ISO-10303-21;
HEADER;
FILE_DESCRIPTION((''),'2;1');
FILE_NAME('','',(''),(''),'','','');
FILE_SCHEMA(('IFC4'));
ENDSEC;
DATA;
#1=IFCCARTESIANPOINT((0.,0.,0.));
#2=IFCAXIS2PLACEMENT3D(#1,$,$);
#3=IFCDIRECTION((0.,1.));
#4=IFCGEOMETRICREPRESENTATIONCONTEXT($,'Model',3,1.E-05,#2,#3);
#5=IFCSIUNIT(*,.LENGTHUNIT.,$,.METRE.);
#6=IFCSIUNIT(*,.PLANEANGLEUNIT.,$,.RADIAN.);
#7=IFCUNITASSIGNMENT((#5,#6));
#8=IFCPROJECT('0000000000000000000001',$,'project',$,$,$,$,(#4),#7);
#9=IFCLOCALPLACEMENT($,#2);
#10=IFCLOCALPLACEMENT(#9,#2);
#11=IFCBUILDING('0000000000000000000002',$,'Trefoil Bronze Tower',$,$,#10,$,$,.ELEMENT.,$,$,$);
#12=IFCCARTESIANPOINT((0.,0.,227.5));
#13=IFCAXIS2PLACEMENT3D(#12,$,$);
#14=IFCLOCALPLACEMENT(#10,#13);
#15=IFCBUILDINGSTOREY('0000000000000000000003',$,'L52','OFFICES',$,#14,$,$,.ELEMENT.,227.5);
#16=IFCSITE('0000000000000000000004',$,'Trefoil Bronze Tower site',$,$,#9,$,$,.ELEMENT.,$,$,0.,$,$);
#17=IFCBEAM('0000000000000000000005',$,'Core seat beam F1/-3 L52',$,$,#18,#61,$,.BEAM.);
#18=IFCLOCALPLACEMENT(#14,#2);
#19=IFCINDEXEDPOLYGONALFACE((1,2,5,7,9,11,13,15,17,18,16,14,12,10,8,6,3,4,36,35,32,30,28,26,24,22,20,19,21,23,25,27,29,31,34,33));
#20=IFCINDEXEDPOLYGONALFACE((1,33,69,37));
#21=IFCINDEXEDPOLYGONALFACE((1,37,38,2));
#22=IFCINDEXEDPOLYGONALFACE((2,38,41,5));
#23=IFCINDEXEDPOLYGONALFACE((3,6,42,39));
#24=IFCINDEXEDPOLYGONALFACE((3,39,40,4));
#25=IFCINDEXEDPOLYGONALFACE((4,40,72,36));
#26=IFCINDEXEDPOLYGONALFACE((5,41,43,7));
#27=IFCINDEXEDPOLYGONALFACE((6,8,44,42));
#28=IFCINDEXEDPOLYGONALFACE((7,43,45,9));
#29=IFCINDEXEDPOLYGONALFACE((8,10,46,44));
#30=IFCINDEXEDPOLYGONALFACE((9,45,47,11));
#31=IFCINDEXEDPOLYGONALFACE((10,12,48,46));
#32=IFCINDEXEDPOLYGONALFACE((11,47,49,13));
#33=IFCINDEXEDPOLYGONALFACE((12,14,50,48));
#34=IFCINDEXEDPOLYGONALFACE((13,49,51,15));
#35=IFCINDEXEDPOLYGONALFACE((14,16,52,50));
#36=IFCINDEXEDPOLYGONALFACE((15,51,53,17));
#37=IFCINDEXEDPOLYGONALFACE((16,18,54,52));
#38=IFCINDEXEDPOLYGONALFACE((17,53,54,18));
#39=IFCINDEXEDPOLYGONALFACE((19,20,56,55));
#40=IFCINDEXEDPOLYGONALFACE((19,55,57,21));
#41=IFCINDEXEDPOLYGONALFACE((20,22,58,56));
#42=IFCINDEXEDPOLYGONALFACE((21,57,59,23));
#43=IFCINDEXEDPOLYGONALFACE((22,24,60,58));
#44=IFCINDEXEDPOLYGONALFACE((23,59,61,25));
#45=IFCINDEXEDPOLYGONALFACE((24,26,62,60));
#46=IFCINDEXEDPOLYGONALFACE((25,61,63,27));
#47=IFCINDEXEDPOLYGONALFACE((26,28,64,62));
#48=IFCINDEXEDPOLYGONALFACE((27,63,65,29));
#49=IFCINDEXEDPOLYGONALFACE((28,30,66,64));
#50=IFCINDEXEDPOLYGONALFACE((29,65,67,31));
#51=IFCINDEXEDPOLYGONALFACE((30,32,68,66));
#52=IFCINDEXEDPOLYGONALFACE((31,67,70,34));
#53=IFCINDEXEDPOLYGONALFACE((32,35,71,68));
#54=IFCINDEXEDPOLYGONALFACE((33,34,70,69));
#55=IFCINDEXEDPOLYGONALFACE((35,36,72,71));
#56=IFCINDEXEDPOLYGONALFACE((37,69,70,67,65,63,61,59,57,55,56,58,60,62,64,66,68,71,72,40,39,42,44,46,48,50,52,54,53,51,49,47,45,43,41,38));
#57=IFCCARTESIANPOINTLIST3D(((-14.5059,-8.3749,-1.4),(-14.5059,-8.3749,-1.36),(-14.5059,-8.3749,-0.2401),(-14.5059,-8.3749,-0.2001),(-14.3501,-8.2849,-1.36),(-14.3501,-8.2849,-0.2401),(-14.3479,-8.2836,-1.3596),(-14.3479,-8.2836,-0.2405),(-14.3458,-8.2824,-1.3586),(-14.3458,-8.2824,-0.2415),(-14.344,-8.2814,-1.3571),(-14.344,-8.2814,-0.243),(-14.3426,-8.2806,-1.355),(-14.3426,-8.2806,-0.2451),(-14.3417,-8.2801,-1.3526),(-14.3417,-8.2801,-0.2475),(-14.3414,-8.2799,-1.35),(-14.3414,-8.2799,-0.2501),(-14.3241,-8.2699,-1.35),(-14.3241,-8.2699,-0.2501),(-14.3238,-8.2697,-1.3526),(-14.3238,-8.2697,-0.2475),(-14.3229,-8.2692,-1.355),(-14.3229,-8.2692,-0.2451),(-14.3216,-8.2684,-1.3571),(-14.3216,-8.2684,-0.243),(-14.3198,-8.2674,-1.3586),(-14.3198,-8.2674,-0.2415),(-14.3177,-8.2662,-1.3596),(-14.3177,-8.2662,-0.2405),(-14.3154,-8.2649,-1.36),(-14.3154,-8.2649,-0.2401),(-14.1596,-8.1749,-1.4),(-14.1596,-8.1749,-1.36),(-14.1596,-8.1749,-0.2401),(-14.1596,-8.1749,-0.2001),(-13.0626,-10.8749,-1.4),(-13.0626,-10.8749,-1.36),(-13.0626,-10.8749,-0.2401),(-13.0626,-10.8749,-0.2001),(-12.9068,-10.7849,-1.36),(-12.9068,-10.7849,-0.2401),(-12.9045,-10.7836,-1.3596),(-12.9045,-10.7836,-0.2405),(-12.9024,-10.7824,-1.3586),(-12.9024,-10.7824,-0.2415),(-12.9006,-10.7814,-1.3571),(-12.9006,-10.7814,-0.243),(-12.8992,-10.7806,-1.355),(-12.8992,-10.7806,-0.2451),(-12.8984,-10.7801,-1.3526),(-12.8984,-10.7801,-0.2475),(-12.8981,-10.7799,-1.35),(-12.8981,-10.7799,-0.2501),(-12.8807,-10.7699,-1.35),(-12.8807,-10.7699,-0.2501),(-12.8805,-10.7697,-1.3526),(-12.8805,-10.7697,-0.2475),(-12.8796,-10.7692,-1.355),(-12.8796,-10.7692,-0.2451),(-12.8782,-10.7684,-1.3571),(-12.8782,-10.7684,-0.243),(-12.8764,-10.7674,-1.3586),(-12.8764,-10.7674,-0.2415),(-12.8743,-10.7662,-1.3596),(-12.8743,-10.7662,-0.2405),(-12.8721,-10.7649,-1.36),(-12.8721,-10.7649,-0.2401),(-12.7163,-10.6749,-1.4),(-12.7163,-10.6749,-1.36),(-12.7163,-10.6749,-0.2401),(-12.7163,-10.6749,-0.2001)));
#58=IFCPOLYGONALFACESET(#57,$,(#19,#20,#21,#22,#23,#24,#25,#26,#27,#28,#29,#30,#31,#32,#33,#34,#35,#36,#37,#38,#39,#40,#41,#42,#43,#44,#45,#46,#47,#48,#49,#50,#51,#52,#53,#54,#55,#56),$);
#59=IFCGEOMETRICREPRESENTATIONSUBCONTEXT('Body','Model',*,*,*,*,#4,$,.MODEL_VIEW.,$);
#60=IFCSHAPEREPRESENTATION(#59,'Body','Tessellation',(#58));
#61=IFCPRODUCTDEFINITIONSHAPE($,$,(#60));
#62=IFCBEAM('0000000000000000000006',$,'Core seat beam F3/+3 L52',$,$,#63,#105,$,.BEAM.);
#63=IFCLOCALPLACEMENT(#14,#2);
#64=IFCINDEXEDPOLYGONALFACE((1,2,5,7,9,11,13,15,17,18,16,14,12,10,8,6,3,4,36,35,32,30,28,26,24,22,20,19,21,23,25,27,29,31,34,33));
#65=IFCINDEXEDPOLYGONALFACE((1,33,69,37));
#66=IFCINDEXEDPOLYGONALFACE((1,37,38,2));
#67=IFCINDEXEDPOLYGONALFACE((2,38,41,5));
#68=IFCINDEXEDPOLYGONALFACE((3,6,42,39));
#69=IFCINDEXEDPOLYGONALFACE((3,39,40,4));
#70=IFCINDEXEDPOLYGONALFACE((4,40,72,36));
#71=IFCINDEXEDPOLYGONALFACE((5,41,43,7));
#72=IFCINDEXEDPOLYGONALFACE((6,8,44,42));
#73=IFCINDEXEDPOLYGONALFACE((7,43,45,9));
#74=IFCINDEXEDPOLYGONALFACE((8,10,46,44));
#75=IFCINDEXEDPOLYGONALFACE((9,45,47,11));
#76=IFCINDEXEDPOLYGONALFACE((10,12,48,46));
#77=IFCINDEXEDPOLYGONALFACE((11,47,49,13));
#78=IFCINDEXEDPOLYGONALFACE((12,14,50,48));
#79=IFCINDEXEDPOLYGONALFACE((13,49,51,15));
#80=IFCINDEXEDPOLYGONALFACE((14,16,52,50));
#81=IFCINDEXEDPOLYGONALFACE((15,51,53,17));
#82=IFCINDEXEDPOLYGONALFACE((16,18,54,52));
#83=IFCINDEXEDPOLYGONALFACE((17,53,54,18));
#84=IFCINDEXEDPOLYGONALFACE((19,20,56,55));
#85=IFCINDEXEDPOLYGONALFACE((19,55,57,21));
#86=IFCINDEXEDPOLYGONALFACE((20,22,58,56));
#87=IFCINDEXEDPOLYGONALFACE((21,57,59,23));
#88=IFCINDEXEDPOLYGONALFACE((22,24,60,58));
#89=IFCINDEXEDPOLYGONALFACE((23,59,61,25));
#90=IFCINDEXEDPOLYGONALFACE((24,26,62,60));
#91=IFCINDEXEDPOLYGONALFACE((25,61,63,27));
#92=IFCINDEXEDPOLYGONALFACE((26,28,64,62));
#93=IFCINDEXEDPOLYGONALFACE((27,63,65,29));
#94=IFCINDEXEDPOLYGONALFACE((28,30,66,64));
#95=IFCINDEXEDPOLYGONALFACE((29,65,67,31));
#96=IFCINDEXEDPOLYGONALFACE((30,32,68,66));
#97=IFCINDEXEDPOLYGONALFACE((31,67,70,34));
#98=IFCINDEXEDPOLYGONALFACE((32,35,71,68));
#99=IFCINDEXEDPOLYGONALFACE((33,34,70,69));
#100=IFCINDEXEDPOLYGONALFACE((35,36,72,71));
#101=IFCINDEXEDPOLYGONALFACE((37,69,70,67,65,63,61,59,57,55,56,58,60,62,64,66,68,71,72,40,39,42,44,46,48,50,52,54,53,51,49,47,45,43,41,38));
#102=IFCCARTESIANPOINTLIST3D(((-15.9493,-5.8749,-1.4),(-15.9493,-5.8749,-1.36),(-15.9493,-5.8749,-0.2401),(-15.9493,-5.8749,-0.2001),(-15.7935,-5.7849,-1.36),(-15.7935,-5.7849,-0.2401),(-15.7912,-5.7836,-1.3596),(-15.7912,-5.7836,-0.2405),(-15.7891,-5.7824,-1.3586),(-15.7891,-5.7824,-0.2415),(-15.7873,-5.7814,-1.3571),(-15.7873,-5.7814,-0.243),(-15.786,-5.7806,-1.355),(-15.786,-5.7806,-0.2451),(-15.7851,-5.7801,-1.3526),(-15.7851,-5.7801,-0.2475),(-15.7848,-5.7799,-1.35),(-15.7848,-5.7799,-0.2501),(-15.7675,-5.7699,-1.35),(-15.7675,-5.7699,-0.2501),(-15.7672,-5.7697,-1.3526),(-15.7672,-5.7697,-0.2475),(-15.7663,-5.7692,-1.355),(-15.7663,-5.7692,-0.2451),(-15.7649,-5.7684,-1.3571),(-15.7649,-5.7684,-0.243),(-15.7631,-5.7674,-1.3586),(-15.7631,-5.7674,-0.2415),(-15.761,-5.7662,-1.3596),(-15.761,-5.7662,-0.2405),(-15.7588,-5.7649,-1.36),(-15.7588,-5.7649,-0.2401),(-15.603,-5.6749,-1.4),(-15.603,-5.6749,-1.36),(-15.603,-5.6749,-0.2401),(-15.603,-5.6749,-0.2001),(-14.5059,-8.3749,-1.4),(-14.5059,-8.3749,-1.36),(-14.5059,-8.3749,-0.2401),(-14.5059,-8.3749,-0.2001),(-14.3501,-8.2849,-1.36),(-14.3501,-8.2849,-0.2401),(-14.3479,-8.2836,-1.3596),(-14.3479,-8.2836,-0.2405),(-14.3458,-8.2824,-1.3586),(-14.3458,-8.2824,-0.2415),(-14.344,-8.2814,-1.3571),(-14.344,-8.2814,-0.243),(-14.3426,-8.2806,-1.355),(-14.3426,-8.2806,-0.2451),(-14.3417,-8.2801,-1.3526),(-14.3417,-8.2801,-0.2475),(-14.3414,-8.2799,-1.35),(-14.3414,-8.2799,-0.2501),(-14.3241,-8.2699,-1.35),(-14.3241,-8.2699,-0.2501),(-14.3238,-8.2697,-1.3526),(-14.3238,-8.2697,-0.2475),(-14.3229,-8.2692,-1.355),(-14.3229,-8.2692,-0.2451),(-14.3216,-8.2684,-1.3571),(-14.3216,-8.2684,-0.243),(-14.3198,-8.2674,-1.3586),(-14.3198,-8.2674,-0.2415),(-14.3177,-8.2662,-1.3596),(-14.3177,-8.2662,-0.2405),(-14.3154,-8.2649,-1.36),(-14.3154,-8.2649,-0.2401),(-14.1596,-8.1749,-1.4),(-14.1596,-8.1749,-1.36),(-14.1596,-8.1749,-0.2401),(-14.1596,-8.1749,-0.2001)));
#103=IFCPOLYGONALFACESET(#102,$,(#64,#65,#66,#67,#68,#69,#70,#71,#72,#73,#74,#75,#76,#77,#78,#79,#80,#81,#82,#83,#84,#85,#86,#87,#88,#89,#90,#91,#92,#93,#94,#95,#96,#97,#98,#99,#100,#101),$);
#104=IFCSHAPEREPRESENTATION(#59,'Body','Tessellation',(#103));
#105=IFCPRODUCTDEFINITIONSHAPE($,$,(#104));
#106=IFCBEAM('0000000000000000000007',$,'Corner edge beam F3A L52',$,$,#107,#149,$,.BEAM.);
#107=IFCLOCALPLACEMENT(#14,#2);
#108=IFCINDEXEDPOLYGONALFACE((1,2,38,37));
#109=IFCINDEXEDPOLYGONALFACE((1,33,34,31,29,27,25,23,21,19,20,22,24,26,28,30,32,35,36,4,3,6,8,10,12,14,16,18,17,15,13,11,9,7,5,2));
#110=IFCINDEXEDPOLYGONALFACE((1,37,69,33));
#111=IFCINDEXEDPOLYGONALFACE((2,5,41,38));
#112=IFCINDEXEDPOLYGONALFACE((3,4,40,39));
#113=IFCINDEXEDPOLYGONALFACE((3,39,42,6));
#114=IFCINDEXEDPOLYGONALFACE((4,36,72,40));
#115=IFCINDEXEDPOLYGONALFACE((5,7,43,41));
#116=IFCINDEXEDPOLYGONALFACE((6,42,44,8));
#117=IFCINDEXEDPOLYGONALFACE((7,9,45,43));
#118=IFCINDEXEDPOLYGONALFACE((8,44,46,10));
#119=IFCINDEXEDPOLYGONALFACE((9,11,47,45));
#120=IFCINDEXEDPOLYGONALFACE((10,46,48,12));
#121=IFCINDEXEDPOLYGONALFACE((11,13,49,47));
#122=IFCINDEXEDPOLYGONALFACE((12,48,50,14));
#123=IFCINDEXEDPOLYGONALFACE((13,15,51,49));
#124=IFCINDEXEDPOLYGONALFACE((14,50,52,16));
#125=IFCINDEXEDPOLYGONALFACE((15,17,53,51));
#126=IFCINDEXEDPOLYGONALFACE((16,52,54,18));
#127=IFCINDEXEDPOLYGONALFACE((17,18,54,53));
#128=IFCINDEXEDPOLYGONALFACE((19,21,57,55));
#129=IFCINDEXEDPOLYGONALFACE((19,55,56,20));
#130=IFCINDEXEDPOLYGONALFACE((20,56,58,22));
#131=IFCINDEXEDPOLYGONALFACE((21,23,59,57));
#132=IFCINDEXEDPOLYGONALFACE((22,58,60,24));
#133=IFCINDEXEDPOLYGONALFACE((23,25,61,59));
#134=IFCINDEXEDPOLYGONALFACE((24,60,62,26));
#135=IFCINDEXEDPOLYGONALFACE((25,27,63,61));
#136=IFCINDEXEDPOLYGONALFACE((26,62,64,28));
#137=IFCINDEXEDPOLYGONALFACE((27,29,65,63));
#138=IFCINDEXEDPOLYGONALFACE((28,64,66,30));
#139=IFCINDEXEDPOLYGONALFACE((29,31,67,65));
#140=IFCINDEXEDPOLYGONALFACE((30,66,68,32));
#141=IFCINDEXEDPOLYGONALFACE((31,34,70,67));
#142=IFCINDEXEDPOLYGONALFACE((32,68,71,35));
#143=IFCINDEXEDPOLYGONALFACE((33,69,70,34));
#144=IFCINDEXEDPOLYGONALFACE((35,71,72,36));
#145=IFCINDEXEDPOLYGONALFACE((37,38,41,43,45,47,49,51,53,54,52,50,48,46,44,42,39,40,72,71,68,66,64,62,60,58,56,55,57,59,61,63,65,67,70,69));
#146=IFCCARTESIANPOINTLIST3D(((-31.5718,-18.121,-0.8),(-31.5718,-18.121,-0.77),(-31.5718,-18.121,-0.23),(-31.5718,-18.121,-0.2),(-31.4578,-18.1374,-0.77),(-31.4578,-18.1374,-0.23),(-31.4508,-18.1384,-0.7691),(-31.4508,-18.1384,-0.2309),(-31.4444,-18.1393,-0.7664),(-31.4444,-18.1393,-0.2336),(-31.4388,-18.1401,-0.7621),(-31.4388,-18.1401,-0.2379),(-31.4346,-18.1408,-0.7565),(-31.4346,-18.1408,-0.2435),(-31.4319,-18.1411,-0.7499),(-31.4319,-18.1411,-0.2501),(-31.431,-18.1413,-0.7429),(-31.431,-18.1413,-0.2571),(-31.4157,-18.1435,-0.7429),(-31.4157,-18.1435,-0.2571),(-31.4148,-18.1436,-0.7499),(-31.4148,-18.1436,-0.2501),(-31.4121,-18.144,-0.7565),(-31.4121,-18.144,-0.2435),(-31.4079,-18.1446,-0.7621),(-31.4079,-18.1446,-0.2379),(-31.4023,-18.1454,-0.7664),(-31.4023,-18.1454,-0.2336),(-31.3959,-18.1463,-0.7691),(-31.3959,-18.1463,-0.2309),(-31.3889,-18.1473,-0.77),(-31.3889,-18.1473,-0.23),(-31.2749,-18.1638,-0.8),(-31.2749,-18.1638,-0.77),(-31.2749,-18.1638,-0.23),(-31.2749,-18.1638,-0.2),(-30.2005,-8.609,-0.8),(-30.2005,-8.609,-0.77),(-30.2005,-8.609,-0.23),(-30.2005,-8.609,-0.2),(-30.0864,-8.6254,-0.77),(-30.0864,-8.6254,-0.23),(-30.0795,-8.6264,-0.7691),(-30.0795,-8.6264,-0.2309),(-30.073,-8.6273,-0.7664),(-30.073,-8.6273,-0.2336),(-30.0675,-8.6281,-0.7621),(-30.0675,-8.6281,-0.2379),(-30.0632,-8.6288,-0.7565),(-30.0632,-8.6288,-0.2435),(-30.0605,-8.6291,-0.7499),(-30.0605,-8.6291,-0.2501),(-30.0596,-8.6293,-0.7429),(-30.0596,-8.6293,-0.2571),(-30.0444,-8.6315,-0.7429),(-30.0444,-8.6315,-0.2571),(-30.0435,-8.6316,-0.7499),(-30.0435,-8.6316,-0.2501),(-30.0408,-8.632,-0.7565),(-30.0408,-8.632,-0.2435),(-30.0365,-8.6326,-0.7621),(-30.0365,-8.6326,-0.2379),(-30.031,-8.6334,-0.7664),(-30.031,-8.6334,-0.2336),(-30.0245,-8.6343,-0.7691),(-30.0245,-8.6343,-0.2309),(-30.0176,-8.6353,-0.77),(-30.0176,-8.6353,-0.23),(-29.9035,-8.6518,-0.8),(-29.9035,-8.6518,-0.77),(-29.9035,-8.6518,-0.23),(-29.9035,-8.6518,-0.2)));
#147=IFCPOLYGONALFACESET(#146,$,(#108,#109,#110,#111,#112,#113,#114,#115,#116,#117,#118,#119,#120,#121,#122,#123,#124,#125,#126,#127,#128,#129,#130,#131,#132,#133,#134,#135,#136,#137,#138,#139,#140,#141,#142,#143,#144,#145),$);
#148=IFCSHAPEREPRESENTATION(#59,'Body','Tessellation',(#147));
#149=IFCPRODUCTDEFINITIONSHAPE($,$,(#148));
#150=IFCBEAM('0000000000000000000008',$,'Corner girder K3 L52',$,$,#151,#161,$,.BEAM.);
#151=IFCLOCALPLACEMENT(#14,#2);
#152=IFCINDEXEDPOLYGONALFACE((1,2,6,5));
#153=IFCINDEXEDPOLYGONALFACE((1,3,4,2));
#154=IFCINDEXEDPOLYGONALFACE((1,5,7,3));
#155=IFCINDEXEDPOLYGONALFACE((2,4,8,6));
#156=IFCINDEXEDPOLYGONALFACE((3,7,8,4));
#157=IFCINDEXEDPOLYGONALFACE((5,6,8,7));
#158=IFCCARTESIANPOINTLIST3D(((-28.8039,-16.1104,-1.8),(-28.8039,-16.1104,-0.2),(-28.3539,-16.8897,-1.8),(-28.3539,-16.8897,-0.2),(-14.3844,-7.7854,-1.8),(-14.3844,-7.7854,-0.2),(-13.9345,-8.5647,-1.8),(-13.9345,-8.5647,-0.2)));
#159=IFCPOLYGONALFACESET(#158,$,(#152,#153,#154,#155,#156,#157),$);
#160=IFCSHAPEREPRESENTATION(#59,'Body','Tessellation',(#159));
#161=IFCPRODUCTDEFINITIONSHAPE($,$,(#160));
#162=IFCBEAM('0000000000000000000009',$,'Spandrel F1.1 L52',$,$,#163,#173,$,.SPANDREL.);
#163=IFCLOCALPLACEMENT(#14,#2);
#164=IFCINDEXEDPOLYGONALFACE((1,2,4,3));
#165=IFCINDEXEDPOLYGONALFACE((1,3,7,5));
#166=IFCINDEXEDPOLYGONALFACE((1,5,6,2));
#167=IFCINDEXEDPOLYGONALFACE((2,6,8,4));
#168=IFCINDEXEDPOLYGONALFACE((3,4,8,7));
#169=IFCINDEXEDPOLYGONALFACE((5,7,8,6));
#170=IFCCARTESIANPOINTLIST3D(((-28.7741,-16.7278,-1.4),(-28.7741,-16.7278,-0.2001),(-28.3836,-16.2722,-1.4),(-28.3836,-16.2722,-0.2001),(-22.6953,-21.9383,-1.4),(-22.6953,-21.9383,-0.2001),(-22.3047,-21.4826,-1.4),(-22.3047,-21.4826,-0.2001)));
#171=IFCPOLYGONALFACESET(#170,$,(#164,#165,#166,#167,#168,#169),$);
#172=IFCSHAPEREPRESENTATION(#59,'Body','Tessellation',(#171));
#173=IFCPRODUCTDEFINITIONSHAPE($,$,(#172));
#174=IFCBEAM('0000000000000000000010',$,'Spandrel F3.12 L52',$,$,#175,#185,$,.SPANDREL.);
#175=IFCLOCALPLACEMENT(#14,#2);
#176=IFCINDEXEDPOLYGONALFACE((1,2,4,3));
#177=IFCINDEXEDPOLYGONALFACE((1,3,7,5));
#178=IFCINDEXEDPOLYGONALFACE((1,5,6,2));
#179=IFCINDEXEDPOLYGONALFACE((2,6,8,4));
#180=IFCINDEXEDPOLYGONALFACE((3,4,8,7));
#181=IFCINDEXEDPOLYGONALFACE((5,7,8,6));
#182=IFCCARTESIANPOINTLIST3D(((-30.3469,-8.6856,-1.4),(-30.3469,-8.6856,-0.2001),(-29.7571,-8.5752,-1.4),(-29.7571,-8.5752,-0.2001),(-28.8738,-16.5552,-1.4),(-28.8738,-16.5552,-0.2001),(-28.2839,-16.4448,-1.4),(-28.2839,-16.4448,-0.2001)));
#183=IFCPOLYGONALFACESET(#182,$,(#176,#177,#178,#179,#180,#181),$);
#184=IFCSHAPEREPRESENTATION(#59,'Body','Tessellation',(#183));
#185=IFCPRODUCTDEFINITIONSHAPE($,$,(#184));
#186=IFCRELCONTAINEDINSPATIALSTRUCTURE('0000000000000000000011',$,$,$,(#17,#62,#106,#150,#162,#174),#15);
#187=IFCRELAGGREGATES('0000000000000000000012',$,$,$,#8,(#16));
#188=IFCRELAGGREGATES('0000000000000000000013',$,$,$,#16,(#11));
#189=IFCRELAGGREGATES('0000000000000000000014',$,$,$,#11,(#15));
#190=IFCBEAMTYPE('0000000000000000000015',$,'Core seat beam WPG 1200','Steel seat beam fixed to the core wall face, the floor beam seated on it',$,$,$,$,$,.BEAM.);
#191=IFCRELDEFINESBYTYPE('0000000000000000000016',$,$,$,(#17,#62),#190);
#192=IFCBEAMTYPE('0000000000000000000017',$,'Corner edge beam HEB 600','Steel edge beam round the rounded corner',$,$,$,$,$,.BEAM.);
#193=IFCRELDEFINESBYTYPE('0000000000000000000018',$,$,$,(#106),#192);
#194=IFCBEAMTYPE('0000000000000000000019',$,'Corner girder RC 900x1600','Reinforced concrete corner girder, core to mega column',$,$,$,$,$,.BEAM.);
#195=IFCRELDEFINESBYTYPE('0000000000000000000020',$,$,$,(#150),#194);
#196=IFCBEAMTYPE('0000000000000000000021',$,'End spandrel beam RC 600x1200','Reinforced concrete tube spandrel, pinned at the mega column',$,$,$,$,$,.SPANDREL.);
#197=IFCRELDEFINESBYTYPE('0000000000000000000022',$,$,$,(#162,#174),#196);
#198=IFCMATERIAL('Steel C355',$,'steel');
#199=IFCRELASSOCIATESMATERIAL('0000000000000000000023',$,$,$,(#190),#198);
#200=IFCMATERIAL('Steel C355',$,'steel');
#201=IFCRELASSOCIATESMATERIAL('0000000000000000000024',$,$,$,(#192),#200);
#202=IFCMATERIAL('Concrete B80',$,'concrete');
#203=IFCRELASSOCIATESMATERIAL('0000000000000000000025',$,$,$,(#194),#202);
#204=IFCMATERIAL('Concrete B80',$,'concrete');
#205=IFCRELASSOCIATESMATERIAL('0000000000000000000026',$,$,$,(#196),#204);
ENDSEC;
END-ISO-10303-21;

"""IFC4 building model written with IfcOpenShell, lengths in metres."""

from ifc_helpers import new_model, si_unit, direction, frame, origin, origin_2d, place, context, subcontext, project, spatial, rectangle, i_section, extrude, material, material_profile, profile_set, type_object, element, save


model = new_model("IFC4")

# Units and contexts
model_context = context("Model", 3, precision=1e-05, world=origin(), true_north=direction((0.0, 1.0)))
body_context = subcontext(model_context, "Body", "Model", "MODEL_VIEW")
ifc_project = project(units=[si_unit("LENGTHUNIT", "METRE"), si_unit("PLANEANGLEUNIT", "RADIAN")], contexts=[model_context])

# Site, building, storey
site_placement = place(None, origin())
site = spatial("IfcSite", under=ifc_project, at=site_placement, Name="Trefoil Bronze Tower site", CompositionType="ELEMENT", RefElevation=0.0)
building_placement = place(site_placement, origin())
building = spatial("IfcBuilding", under=site, at=building_placement, Name="Trefoil Bronze Tower", CompositionType="ELEMENT")
storey_placement = place(building_placement, frame((0.0, 0.0, 227.5)))
storey = spatial("IfcBuildingStorey", under=building, at=storey_placement, Name="L52", Description="OFFICES", CompositionType="ELEMENT", Elevation=227.5)

# Beams
ifc_material_1 = material(Name="Steel C355", Category="steel")
ifc_material_profile_1 = material_profile(ifc_material_1, i_section(OverallWidth=0.3999, OverallDepth=1.2, WebThickness=0.02, FlangeThickness=0.04, FilletRadius=0.01, at=origin_2d()), Name="WPG 1200")
ifc_profile_set_1 = profile_set([ifc_material_profile_1], Name="Steel C355")
beam_type_1 = type_object("IfcBeamType", Name="Core seat beam WPG 1200", Description="Steel seat beam fixed to the core wall face, the floor beam seated on it", PredefinedType="BEAM", material=ifc_profile_set_1)
for number, where, z_axis, x_axis, name in (
    (1, (-14.3328, -8.2749, -0.8), (0.499996, -0.866028, 0.0), (0.866028, 0.499996, 0.0), "Core seat beam F1/-3 L52"),
    (2, (-15.7761, -5.7749, -0.8), (0.499996, -0.866028, 0.0), (0.866028, 0.499996, 0.0), "Core seat beam F3/+3 L52"),
):
    element("IfcBeam", number, at=place(storey_placement, frame(where, z_axis=z_axis, x_axis=x_axis)), inside=storey, type_object=beam_type_1, Name=name, PredefinedType="BEAM", context=body_context, shape_type="SweptSolid", body=[
        extrude(i_section(OverallWidth=0.3999, OverallDepth=1.2, WebThickness=0.02, FlangeThickness=0.04, FilletRadius=0.01, at=origin_2d()), origin(), (0.0, 0.0, 1.0), 2.8867),
    ])
ifc_material_2 = material(Name="Steel C355", Category="steel")
ifc_material_profile_2 = material_profile(ifc_material_2, i_section(OverallWidth=0.3, OverallDepth=0.6001, WebThickness=0.0154, FlangeThickness=0.03, FilletRadius=0.0271, at=origin_2d()), Name="HEB 600")
ifc_profile_set_2 = profile_set([ifc_material_profile_2], Name="Steel C355")
beam_type_2 = type_object("IfcBeamType", Name="Corner edge beam HEB 600", Description="Steel edge beam round the rounded corner", PredefinedType="BEAM", material=ifc_profile_set_2)
beam_1_placement = place(storey_placement, frame((-30.052, -8.6304, -0.5), z_axis=(-0.142694, -0.989767, 0.0), x_axis=(0.989767, -0.142694, 0.0)))
element("IfcBeam", 3, at=beam_1_placement, inside=storey, type_object=beam_type_2, Name="Corner edge beam F3A L52", PredefinedType="BEAM", context=body_context, shape_type="SweptSolid", body=[
    extrude(i_section(OverallWidth=0.3, OverallDepth=0.6001, WebThickness=0.0154, FlangeThickness=0.03, FilletRadius=0.0271, at=origin_2d()), origin(), (0.0, 0.0, 1.0), 9.6104),
])
ifc_material_3 = material(Name="Concrete B80", Category="concrete")
ifc_material_profile_3 = material_profile(ifc_material_3, rectangle(XDim=0.8999, YDim=1.6001, at=origin_2d()), Name="RC 900x1600")
ifc_profile_set_3 = profile_set([ifc_material_profile_3], Name="Concrete B80")
beam_type_3 = type_object("IfcBeamType", Name="Corner girder RC 900x1600", Description="Reinforced concrete corner girder, core to mega column", PredefinedType="BEAM", material=ifc_profile_set_3)
beam_2_placement = place(storey_placement, frame((-14.1594, -8.175, -1.0), z_axis=(-0.866028, -0.499995, 0.0), x_axis=(0.499995, -0.866028, 0.0)))
element("IfcBeam", 4, at=beam_2_placement, inside=storey, type_object=beam_type_3, Name="Corner girder K3 L52", PredefinedType="BEAM", context=body_context, shape_type="SweptSolid", body=[
    extrude(rectangle(XDim=0.8999, YDim=1.6001, at=origin_2d()), origin(), (0.0, 0.0, 1.0), 16.6501),
])
ifc_material_4 = material(Name="Concrete B80", Category="concrete")
ifc_material_profile_4 = material_profile(ifc_material_4, rectangle(XDim=0.6001, YDim=1.2, at=origin_2d()), Name="RC 600x1200")
ifc_profile_set_4 = profile_set([ifc_material_profile_4], Name="Concrete B80")
beam_type_4 = type_object("IfcBeamType", Name="End spandrel beam RC 600x1200", Description="Reinforced concrete tube spandrel, pinned at the mega column", PredefinedType="SPANDREL", material=ifc_profile_set_4)
for number, where, z_axis, x_axis, name in (
    (5, (-28.5789, -16.5, -0.8), (0.759257, -0.650791, 0.0), (0.650791, 0.759257, 0.0), "Spandrel F1.1 L52"),
    (6, (-30.052, -8.6304, -0.8), (0.183998, -0.982927, 0.0), (0.982927, 0.183998, 0.0), "Spandrel F3.12 L52"),
):
    element("IfcBeam", number, at=place(storey_placement, frame(where, z_axis=z_axis, x_axis=x_axis)), inside=storey, type_object=beam_type_4, Name=name, PredefinedType="SPANDREL", context=body_context, shape_type="SweptSolid", body=[
        extrude(rectangle(XDim=0.6001, YDim=1.2, at=origin_2d()), origin(), (0.0, 0.0, 1.0), 8.0063),
    ])

save(model, "model.ifc")
